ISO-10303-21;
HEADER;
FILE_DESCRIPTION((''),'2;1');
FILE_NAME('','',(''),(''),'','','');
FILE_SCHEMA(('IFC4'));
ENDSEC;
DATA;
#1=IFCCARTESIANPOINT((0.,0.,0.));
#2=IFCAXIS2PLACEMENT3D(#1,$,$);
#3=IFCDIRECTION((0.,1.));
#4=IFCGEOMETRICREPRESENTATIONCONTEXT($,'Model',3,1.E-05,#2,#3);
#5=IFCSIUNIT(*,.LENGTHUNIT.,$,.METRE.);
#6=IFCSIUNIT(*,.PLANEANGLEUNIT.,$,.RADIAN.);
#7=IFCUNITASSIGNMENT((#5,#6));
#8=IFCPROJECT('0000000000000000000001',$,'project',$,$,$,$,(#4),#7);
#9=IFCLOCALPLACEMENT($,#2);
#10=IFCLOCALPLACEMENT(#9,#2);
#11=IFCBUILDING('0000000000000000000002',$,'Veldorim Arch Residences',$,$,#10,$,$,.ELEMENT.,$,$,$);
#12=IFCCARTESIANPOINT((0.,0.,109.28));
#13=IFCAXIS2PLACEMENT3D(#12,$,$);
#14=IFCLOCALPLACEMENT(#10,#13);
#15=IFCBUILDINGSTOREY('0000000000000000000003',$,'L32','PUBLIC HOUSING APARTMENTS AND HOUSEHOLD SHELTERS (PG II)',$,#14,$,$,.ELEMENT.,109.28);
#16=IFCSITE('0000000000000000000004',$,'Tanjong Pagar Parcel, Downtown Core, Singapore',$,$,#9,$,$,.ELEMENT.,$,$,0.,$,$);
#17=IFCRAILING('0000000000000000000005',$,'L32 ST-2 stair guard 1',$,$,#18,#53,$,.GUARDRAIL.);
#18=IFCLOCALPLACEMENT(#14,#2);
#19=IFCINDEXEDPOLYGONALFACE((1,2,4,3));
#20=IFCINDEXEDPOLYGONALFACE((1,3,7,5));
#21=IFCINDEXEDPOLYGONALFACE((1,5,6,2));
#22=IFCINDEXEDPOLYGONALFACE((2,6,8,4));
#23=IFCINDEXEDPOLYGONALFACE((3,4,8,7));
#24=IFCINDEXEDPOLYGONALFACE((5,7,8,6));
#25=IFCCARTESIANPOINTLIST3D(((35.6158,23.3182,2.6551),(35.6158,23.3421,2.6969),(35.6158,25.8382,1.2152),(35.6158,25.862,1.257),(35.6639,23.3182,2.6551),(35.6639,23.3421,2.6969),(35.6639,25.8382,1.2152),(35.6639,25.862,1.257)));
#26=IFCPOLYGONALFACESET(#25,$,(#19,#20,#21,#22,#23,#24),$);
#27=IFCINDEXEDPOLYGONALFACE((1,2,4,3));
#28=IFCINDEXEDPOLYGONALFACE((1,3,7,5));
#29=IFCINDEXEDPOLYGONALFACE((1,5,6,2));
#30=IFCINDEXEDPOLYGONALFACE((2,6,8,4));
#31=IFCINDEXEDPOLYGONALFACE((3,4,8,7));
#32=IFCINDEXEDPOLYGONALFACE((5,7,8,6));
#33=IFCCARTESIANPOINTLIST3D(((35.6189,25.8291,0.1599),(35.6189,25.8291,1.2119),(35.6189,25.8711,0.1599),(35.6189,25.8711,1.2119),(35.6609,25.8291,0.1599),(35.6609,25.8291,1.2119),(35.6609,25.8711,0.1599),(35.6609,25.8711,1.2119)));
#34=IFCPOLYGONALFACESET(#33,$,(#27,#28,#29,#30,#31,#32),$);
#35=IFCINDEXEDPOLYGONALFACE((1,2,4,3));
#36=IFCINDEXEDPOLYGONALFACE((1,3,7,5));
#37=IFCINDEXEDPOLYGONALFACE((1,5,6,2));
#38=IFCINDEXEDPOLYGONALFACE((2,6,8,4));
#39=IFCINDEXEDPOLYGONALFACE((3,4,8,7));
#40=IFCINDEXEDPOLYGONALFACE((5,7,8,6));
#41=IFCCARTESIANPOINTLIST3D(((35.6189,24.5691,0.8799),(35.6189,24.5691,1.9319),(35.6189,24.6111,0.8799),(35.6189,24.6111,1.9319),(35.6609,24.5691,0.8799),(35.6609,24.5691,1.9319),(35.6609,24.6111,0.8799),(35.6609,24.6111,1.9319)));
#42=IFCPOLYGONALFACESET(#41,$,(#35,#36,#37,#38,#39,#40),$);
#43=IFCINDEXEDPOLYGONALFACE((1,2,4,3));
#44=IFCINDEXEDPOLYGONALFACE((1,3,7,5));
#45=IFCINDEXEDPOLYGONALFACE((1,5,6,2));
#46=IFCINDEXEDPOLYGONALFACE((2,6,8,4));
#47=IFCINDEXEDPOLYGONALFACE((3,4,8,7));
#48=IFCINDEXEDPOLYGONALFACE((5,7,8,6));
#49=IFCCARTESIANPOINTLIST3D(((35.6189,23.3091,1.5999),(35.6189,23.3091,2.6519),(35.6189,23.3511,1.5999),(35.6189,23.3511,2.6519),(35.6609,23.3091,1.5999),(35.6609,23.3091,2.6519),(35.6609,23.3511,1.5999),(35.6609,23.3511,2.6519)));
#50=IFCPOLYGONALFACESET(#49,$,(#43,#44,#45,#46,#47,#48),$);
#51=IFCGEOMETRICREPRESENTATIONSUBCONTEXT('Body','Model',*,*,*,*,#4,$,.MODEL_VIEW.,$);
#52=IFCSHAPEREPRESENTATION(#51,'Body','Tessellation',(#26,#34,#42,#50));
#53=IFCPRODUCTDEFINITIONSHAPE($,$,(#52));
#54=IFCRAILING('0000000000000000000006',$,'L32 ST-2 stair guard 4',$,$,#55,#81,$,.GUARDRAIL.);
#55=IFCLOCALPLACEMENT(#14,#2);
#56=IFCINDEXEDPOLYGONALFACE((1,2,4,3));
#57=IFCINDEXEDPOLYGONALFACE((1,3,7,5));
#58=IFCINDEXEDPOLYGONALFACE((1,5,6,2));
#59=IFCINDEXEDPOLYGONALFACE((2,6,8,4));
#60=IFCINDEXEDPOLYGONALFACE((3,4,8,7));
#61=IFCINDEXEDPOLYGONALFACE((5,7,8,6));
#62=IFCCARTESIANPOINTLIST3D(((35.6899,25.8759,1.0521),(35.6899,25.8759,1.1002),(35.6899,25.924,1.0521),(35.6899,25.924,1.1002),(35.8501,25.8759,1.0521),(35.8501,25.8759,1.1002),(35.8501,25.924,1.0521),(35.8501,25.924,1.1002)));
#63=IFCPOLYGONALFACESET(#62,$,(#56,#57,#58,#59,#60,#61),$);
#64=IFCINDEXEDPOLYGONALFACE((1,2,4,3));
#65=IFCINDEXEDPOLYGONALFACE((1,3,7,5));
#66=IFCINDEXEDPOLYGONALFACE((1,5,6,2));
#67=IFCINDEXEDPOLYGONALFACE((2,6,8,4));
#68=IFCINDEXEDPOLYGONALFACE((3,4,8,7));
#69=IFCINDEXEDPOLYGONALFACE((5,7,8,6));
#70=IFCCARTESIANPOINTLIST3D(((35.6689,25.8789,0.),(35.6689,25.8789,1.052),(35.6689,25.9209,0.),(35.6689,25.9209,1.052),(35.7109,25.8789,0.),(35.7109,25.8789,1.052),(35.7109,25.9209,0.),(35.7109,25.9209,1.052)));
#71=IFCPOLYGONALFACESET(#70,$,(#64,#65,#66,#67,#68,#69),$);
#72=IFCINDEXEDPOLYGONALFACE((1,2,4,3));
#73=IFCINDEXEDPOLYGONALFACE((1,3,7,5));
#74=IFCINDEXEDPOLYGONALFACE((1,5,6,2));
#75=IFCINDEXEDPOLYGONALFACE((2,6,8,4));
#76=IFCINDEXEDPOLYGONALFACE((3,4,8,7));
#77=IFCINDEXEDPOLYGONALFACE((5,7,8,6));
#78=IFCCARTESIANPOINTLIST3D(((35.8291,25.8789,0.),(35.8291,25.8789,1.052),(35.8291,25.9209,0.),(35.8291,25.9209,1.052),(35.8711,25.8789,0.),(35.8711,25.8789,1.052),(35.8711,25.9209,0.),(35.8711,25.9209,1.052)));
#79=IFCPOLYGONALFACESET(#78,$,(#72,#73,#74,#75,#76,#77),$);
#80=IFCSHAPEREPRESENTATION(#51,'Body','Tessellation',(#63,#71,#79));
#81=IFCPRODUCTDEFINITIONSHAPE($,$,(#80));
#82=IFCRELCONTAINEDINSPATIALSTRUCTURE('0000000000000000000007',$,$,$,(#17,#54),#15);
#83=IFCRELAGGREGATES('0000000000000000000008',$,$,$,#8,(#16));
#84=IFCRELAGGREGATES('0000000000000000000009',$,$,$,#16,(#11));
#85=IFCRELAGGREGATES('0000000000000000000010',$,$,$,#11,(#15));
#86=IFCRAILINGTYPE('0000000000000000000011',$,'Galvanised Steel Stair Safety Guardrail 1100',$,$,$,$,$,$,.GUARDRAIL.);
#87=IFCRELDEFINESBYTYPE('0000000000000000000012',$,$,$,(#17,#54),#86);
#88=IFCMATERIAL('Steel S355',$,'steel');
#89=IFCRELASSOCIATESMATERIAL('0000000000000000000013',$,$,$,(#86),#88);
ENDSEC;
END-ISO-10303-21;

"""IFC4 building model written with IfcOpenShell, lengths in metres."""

from ifc_helpers import new_model, si_unit, direction, frame, origin, origin_2d, place, context, subcontext, project, spatial, rectangle, extrude, material, type_object, element, save


model = new_model("IFC4")

# Units and contexts
model_context = context("Model", 3, precision=1e-05, world=origin(), true_north=direction((0.0, 1.0)))
body_context = subcontext(model_context, "Body", "Model", "MODEL_VIEW")
ifc_project = project(units=[si_unit("LENGTHUNIT", "METRE"), si_unit("PLANEANGLEUNIT", "RADIAN")], contexts=[model_context])

# Site, building, storey
site_placement = place(None, origin())
site = spatial("IfcSite", under=ifc_project, at=site_placement, Name="Tanjong Pagar Parcel, Downtown Core, Singapore", CompositionType="ELEMENT", RefElevation=0.0)
building_placement = place(site_placement, origin())
building = spatial("IfcBuilding", under=site, at=building_placement, Name="Veldorim Arch Residences", CompositionType="ELEMENT")
storey_placement = place(building_placement, frame((0.0, 0.0, 109.28)))
storey = spatial("IfcBuildingStorey", under=building, at=storey_placement, Name="L32", Description="PUBLIC HOUSING APARTMENTS AND HOUSEHOLD SHELTERS (PG II)", CompositionType="ELEMENT", Elevation=109.28)

# Railings
ifc_material_1 = material(Name="Steel S355", Category="steel")
railing_type = type_object("IfcRailingType", Name="Galvanised Steel Stair Safety Guardrail 1100", PredefinedType="GUARDRAIL", material=ifc_material_1)
railing_1_placement = place(storey_placement, frame((35.6399, 25.8501, 0.1599)))
element("IfcRailing", 1, at=railing_1_placement, inside=storey, type_object=railing_type, Name="L32 ST-2 stair guard 1", PredefinedType="GUARDRAIL", context=body_context, shape_type="SweptSolid", body=[
    extrude(rectangle(XDim=0.0481, YDim=0.0481, at=origin_2d()), frame((0.0, 0.0, 1.0762), z_axis=(0.0, -0.868253, 0.496121), x_axis=(1.0, 0.0, 0.0)), (0.0, 0.0, 1.0), 2.9023),
    extrude(rectangle(XDim=0.042, YDim=0.042, at=origin_2d()), origin(), (0.0, 0.0, 1.0), 1.052),
    extrude(rectangle(XDim=0.042, YDim=0.042, at=origin_2d()), frame((0.0, -1.26, 0.72)), (0.0, 0.0, 1.0), 1.052),
    extrude(rectangle(XDim=0.042, YDim=0.042, at=origin_2d()), frame((0.0, -2.52, 1.4399)), (0.0, 0.0, 1.0), 1.052),
])
railing_2_placement = place(storey_placement, frame((35.6899, 25.8999, 0.0)))
element("IfcRailing", 2, at=railing_2_placement, inside=storey, type_object=railing_type, Name="L32 ST-2 stair guard 4", PredefinedType="GUARDRAIL", context=body_context, shape_type="SweptSolid", body=[
    extrude(rectangle(XDim=0.0481, YDim=0.0481, at=origin_2d()), frame((0.0, 0.0, 1.0762), z_axis=(1.0, 0.0, 0.0), x_axis=(0.0, 1.0, 0.0)), (0.0, 0.0, 1.0), 0.1602),
    extrude(rectangle(XDim=0.042, YDim=0.042, at=origin_2d()), origin(), (0.0, 0.0, 1.0), 1.052),
    extrude(rectangle(XDim=0.042, YDim=0.042, at=origin_2d()), frame((0.1602, 0.0, 0.0)), (0.0, 0.0, 1.0), 1.052),
])

save(model, "model.ifc")
